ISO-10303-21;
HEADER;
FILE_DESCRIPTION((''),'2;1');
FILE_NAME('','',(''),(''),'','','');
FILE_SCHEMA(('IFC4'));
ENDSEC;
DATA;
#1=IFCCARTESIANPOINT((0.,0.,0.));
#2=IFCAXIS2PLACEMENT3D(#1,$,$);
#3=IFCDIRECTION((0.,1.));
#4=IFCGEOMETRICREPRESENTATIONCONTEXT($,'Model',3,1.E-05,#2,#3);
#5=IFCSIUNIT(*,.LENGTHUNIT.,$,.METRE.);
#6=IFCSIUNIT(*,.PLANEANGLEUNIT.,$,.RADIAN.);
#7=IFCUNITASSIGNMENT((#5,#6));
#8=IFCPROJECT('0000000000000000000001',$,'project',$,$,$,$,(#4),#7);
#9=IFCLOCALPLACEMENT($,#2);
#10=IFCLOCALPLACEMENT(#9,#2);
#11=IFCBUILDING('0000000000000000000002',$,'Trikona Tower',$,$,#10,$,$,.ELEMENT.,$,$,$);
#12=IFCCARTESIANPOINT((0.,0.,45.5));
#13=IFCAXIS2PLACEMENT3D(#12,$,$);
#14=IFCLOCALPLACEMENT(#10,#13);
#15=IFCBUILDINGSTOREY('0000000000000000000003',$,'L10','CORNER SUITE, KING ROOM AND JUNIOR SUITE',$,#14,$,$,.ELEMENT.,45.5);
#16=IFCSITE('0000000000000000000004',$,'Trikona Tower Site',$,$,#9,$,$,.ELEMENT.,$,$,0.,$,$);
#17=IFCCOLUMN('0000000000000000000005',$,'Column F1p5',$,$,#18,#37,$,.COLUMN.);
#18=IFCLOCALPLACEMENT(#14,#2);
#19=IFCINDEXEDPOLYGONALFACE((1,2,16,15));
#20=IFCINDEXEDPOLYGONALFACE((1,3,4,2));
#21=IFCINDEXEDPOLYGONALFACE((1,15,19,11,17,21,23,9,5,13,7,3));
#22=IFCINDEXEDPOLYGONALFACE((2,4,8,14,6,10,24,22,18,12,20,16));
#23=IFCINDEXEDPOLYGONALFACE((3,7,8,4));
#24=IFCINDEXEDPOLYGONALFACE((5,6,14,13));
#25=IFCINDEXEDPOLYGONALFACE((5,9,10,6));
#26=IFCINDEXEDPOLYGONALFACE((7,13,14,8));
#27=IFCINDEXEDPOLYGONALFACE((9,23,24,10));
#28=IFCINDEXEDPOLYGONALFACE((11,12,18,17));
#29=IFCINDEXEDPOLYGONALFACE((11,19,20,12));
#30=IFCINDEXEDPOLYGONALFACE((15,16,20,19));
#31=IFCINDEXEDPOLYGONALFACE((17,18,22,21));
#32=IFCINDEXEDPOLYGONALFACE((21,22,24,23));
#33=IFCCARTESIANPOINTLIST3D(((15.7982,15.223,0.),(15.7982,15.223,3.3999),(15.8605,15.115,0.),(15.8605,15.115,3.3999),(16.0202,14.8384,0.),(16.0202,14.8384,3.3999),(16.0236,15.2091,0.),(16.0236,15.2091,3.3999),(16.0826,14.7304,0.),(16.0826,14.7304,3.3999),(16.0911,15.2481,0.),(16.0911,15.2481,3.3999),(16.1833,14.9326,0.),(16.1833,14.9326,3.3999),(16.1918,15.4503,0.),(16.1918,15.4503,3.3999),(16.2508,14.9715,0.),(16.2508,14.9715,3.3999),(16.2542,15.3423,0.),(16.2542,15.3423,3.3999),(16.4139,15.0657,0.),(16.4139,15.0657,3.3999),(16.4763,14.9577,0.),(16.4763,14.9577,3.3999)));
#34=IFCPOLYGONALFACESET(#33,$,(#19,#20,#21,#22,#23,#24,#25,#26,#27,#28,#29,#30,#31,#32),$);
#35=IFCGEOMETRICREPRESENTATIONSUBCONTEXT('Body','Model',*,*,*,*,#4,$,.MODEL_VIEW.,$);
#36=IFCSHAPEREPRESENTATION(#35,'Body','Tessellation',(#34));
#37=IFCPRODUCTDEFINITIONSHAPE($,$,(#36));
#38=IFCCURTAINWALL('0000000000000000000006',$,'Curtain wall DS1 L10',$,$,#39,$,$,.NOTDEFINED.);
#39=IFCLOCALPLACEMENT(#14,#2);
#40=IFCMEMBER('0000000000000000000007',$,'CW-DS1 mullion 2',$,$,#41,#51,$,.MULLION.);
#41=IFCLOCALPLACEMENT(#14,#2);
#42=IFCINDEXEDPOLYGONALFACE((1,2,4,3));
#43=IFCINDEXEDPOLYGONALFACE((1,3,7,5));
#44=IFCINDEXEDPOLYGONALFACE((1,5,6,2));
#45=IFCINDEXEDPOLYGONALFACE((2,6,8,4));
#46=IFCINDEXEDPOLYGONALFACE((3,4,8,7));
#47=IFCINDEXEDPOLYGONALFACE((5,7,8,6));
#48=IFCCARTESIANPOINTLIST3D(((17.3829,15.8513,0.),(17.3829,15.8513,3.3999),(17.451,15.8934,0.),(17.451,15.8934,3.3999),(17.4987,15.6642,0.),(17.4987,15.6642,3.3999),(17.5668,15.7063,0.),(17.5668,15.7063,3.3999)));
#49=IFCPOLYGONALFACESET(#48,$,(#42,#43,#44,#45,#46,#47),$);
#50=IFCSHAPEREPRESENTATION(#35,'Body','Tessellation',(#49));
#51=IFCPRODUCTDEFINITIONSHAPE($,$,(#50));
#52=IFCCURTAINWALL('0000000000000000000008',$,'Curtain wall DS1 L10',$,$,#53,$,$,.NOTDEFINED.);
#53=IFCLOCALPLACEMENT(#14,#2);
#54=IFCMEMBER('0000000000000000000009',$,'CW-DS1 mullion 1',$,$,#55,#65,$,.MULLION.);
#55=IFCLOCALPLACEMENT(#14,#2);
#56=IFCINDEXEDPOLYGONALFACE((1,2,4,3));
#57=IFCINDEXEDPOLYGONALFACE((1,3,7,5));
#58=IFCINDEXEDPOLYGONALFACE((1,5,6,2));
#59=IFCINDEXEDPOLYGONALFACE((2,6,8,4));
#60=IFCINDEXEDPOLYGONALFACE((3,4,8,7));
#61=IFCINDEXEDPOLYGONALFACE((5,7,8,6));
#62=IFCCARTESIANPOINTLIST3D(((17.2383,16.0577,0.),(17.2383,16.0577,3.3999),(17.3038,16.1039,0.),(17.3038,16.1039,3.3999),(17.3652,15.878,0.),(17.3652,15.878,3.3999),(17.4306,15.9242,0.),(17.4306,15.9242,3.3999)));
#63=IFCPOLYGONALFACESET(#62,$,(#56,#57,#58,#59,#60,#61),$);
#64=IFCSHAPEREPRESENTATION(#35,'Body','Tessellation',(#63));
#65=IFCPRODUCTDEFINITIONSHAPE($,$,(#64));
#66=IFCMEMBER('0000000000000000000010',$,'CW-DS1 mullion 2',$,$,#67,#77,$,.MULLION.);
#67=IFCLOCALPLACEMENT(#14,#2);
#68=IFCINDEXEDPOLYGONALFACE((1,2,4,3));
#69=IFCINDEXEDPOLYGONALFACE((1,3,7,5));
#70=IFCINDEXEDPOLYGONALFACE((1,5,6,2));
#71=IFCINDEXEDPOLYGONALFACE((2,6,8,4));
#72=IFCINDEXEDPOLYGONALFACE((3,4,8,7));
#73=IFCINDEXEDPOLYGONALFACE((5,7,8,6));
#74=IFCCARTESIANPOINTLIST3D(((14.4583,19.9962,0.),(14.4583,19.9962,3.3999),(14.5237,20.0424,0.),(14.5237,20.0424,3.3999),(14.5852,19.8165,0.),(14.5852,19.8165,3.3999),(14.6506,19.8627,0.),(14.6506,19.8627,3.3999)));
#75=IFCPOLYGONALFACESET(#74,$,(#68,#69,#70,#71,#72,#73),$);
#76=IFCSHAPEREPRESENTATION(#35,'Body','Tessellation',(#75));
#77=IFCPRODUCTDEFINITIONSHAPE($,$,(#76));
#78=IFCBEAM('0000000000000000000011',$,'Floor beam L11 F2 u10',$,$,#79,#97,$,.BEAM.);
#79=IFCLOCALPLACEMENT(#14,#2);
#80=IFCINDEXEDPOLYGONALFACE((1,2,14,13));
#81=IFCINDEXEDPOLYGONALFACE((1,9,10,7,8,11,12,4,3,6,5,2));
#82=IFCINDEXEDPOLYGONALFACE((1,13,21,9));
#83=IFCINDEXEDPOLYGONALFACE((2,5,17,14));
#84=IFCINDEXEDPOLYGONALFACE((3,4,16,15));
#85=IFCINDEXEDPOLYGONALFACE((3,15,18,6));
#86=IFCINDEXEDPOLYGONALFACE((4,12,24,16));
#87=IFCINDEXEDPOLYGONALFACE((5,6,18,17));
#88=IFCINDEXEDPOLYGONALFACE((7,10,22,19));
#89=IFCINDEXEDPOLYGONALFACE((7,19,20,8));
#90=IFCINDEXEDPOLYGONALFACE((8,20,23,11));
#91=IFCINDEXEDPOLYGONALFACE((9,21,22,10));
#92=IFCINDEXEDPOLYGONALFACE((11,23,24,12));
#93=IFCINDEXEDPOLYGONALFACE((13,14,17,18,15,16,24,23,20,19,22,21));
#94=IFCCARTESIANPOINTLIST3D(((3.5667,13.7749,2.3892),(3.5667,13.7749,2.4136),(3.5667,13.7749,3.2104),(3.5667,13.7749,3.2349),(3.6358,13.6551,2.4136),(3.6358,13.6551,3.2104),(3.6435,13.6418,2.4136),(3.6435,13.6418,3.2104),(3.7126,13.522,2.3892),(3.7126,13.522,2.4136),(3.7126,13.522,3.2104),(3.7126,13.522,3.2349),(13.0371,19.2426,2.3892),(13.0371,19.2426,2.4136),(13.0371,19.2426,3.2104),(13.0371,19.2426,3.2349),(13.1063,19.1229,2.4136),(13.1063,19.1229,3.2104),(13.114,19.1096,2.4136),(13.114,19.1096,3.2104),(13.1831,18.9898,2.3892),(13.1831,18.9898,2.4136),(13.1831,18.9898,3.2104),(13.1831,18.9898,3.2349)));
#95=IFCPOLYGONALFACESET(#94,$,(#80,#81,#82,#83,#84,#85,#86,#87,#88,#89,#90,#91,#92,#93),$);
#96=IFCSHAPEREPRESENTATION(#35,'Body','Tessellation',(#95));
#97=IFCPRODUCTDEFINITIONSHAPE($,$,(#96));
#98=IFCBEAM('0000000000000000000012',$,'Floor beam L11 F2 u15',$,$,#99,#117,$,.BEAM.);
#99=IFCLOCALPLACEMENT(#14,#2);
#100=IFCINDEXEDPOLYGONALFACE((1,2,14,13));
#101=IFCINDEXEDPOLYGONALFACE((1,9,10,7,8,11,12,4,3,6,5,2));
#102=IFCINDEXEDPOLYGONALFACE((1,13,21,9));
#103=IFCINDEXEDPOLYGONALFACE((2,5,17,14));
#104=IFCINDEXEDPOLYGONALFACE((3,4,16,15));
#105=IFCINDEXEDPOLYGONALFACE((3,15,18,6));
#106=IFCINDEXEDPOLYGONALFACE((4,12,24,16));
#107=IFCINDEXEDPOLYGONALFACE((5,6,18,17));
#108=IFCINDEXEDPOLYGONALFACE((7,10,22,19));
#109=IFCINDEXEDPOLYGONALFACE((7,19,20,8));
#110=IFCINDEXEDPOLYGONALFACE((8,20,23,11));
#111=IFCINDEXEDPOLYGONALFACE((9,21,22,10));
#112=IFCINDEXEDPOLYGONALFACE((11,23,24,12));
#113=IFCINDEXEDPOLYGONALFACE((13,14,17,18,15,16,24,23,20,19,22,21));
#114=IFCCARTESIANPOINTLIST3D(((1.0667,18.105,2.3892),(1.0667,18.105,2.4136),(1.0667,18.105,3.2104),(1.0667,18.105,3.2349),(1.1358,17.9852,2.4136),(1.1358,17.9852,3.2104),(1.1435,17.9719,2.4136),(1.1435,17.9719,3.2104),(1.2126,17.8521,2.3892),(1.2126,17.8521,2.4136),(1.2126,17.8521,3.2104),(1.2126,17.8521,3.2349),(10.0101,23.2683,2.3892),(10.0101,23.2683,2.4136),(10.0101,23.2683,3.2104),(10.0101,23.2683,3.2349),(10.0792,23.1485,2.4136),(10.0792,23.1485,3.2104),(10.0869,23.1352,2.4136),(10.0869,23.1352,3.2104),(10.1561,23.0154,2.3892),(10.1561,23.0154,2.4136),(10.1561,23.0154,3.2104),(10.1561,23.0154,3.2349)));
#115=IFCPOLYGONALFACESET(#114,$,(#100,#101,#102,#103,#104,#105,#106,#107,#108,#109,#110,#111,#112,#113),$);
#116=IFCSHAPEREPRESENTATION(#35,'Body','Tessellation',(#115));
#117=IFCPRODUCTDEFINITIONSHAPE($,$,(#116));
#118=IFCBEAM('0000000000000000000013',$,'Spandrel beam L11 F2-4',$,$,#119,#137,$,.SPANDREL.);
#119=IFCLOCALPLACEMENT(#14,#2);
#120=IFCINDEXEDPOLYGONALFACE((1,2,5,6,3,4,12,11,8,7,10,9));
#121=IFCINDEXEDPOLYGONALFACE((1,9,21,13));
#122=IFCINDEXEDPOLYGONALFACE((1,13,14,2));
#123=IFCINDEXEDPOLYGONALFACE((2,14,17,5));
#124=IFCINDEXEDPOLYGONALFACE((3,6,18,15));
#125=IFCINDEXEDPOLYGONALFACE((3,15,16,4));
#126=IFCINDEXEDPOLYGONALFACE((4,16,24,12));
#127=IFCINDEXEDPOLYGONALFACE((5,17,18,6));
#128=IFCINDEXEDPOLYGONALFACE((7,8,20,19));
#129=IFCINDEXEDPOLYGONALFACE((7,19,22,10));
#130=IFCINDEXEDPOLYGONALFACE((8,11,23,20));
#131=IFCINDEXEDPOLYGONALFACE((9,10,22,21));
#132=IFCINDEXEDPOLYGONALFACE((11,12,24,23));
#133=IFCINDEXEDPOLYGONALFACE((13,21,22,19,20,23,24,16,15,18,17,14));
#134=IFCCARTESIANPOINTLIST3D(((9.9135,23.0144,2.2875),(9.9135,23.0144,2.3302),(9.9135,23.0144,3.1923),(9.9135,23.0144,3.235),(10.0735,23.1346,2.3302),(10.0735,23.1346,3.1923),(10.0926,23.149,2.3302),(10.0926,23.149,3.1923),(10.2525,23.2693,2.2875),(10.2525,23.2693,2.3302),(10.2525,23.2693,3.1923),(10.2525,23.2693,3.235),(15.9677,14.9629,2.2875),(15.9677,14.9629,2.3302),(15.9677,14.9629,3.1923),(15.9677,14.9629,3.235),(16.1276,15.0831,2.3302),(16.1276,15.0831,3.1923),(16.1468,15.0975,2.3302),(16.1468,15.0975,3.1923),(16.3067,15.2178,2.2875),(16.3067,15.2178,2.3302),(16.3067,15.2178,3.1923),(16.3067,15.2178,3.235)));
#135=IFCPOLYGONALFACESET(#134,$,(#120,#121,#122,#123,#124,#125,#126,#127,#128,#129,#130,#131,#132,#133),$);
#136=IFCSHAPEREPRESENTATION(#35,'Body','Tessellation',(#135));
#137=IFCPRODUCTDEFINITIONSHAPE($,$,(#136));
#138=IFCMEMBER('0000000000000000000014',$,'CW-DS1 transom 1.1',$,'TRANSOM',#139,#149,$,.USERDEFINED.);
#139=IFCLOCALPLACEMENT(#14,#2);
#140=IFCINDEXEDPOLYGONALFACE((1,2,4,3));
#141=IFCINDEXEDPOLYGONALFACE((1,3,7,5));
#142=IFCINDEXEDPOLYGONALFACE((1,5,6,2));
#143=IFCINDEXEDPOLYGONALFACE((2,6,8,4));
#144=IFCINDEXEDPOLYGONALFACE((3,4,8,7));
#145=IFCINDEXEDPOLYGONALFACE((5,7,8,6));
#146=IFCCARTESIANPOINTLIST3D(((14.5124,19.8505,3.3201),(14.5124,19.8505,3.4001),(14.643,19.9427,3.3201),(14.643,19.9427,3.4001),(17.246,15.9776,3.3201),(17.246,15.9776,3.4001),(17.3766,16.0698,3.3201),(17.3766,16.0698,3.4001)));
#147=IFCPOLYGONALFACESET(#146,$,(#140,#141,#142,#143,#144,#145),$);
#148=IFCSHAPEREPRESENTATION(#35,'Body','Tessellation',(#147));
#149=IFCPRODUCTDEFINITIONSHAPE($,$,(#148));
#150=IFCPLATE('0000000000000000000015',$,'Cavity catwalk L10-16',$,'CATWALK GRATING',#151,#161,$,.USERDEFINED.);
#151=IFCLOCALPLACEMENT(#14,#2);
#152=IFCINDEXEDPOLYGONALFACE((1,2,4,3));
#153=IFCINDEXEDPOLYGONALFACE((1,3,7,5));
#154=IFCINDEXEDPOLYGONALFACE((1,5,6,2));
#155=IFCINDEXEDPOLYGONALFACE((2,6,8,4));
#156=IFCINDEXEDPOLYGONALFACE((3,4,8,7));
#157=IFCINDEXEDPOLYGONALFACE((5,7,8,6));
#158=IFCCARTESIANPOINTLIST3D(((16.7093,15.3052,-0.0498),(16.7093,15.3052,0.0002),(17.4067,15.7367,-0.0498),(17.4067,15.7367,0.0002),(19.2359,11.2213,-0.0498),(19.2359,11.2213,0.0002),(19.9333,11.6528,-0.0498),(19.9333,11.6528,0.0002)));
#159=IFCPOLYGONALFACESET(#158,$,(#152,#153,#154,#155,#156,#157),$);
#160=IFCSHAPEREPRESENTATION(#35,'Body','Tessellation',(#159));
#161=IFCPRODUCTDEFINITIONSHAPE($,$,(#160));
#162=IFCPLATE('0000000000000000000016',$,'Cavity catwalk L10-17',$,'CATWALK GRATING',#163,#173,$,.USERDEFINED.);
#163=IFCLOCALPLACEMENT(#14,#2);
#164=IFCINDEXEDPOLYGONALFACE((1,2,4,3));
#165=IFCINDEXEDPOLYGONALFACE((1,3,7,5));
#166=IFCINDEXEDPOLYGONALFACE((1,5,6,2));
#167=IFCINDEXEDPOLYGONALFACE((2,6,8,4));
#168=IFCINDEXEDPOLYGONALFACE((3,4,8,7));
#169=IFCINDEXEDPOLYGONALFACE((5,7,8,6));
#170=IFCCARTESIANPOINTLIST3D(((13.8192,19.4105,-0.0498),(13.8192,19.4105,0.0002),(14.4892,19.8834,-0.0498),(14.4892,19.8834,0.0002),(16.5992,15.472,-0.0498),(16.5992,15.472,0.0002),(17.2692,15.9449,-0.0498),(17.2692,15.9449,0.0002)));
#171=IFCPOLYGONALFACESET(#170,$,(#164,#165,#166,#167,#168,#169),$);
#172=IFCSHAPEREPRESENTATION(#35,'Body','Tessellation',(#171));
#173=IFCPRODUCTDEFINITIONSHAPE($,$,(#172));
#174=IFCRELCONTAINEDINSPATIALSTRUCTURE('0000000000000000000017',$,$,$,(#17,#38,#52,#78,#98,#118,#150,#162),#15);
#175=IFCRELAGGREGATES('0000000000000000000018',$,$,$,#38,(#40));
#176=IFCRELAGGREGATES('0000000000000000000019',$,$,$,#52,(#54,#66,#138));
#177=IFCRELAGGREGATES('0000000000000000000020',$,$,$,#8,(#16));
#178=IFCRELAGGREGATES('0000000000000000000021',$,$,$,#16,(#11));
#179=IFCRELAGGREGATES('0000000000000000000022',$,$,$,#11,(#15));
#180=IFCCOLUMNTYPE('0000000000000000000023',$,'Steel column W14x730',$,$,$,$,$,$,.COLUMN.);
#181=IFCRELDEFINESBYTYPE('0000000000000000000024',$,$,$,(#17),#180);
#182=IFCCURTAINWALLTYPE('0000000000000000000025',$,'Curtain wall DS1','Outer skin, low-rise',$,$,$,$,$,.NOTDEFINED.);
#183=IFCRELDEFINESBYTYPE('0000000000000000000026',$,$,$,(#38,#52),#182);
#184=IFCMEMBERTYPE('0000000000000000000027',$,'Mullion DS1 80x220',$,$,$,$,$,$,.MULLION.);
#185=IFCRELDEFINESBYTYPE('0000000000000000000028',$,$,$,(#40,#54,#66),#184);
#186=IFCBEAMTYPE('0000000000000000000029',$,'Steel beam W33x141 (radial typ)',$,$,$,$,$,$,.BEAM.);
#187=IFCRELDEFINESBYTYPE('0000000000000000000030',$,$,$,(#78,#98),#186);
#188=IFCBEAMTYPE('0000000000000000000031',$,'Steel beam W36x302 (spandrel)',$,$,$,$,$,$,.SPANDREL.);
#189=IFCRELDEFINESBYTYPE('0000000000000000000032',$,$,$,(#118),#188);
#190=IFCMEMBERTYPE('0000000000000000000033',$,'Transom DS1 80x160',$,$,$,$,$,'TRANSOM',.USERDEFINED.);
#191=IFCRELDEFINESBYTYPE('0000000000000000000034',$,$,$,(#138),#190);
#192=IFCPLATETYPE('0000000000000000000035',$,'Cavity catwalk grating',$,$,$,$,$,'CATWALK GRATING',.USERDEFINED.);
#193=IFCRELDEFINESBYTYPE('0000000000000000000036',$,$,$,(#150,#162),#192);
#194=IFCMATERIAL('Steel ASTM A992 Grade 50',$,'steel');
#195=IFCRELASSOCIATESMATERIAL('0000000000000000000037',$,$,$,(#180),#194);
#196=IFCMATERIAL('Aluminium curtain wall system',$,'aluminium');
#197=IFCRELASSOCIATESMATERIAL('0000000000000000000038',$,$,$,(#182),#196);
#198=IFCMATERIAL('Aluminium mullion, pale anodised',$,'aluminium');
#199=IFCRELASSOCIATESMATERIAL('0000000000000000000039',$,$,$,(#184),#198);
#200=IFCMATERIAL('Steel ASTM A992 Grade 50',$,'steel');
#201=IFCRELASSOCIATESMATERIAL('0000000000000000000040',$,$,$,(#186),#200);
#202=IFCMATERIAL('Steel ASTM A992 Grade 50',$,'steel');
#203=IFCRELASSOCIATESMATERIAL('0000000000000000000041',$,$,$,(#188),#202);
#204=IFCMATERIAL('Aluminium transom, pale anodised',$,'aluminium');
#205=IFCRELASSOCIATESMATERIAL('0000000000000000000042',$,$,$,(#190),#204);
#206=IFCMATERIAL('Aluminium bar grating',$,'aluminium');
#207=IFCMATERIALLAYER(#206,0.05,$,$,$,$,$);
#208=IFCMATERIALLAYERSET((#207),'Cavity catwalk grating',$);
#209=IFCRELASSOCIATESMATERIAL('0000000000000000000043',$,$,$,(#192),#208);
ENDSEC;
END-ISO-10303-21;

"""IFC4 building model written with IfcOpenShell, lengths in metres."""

from ifc_helpers import new_model, si_unit, direction, frame, origin, origin_2d, place, context, subcontext, project, spatial, rectangle, i_section, extrude, material, layer, layer_set, material_profile, profile_set, type_object, element, aggregate, save


model = new_model("IFC4")

# Units and contexts
model_context = context("Model", 3, precision=1e-05, world=origin(), true_north=direction((0.0, 1.0)))
body_context = subcontext(model_context, "Body", "Model", "MODEL_VIEW")
ifc_project = project(units=[si_unit("LENGTHUNIT", "METRE"), si_unit("PLANEANGLEUNIT", "RADIAN")], contexts=[model_context])

# Site, building, storey
site_placement = place(None, origin())
site = spatial("IfcSite", under=ifc_project, at=site_placement, Name="Trikona Tower Site", CompositionType="ELEMENT", RefElevation=0.0)
building_placement = place(site_placement, origin())
building = spatial("IfcBuilding", under=site, at=building_placement, Name="Trikona Tower", CompositionType="ELEMENT")
storey_placement = place(building_placement, frame((0.0, 0.0, 45.5)))
storey = spatial("IfcBuildingStorey", under=building, at=storey_placement, Name="L10", Description="CORNER SUITE, KING ROOM AND JUNIOR SUITE", CompositionType="ELEMENT", Elevation=45.5)

# Column
ifc_material_1 = material(Name="Steel ASTM A992 Grade 50", Category="steel")
ifc_material_profile_1 = material_profile(ifc_material_1, i_section(OverallWidth=0.4546, OverallDepth=0.5688, WebThickness=0.0779, FlangeThickness=0.1248, at=origin_2d()), Name="W14X730")
ifc_profile_set_1 = profile_set([ifc_material_profile_1], Name="Steel ASTM A992 Grade 50")
column_type = type_object("IfcColumnType", Name="Steel column W14x730", PredefinedType="COLUMN", material=ifc_profile_set_1)
column_placement = place(storey_placement, frame((16.1372, 15.0903, 0.0), z_axis=(0.0, 0.0, 1.0), x_axis=(0.866025, 0.5, 0.0)))
element("IfcColumn", 1, at=column_placement, inside=storey, type_object=column_type, Name="Column F1p5", PredefinedType="COLUMN", context=body_context, shape_type="SweptSolid", body=[
    extrude(i_section(OverallWidth=0.4546, OverallDepth=0.5688, WebThickness=0.0779, FlangeThickness=0.1248, at=origin_2d()), origin(), (0.0, 0.0, 1.0), 3.3999),
])

# Curtain wall, member
ifc_material_2 = material(Name="Aluminium curtain wall system", Category="aluminium")
curtain_wall_type = type_object("IfcCurtainWallType", Name="Curtain wall DS1", Description="Outer skin, low-rise", PredefinedType="NOTDEFINED", material=ifc_material_2)
curtain_wall_1_placement = place(storey_placement, origin())
curtain_wall_1 = element("IfcCurtainWall", 2, at=curtain_wall_1_placement, inside=storey, type_object=curtain_wall_type, Name="Curtain wall DS1 L10", PredefinedType="NOTDEFINED")
ifc_material_3 = material(Name="Aluminium mullion, pale anodised", Category="aluminium")
ifc_material_profile_2 = material_profile(ifc_material_3, rectangle(XDim=0.0801, YDim=0.22, at=origin_2d()), Name="MUL-DS1")
ifc_profile_set_2 = profile_set([ifc_material_profile_2], Name="Aluminium mullion, pale anodised")
member_type_1 = type_object("IfcMemberType", Name="Mullion DS1 80x220", PredefinedType="MULLION", material=ifc_profile_set_2)
member_1_placement = place(storey_placement, frame((17.4749, 15.7788, 0.0), z_axis=(0.0, 0.0, 1.0), x_axis=(-0.85041, -0.52612, 0.0)))
member_1 = element("IfcMember", 3, at=member_1_placement, type_object=member_type_1, Name="CW-DS1 mullion 2", PredefinedType="MULLION", context=body_context, shape_type="SweptSolid", body=[
    extrude(rectangle(XDim=0.0801, YDim=0.22, at=origin_2d()), origin(), (0.0, 0.0, 1.0), 3.3999),
])

# Curtain wall, members
curtain_wall_2_placement = place(storey_placement, origin())
curtain_wall_2 = element("IfcCurtainWall", 4, at=curtain_wall_2_placement, inside=storey, type_object=curtain_wall_type, Name="Curtain wall DS1 L10", PredefinedType="NOTDEFINED")
member_2_placement = place(storey_placement, frame((17.3345, 15.991, 0.0), z_axis=(0.0, 0.0, 1.0), x_axis=(-0.816985, -0.576658, 0.0)))
member_2 = element("IfcMember", 5, at=member_2_placement, type_object=member_type_1, Name="CW-DS1 mullion 1", PredefinedType="MULLION", context=body_context, shape_type="SweptSolid", body=[
    extrude(rectangle(XDim=0.0801, YDim=0.22, at=origin_2d()), origin(), (0.0, 0.0, 1.0), 3.3999),
])
member_3_placement = place(storey_placement, frame((14.5544, 19.9294, 0.0), z_axis=(0.0, 0.0, 1.0), x_axis=(-0.816985, -0.576658, 0.0)))
member_3 = element("IfcMember", 6, at=member_3_placement, type_object=member_type_1, Name="CW-DS1 mullion 2", PredefinedType="MULLION", context=body_context, shape_type="SweptSolid", body=[
    extrude(rectangle(XDim=0.0801, YDim=0.22, at=origin_2d()), origin(), (0.0, 0.0, 1.0), 3.3999),
])

# Beams
ifc_material_4 = material(Name="Steel ASTM A992 Grade 50", Category="steel")
ifc_material_profile_3 = material_profile(ifc_material_4, i_section(OverallWidth=0.292, OverallDepth=0.8457, WebThickness=0.0154, FlangeThickness=0.0244, at=origin_2d()), Name="W33X141")
ifc_profile_set_3 = profile_set([ifc_material_profile_3], Name="Steel ASTM A992 Grade 50")
beam_type_1 = type_object("IfcBeamType", Name="Steel beam W33x141 (radial typ)", PredefinedType="BEAM", material=ifc_profile_set_3)
beam_1_placement = place(storey_placement, frame((3.6396, 13.6484, 2.812), z_axis=(0.866025, 0.5, 0.0), x_axis=(-0.5, 0.866025, 0.0)))
element("IfcBeam", 7, at=beam_1_placement, inside=storey, type_object=beam_type_1, Name="Floor beam L11 F2 u10", PredefinedType="BEAM", context=body_context, shape_type="SweptSolid", body=[
    extrude(i_section(OverallWidth=0.292, OverallDepth=0.8457, WebThickness=0.0154, FlangeThickness=0.0244, at=origin_2d()), origin(), (0.0, 0.0, 1.0), 10.9355),
])
beam_2_placement = place(storey_placement, frame((1.1396, 17.9785, 2.812), z_axis=(0.86603, 0.499991, 0.0), x_axis=(-0.499991, 0.86603, 0.0)))
element("IfcBeam", 8, at=beam_2_placement, inside=storey, type_object=beam_type_1, Name="Floor beam L11 F2 u15", PredefinedType="BEAM", context=body_context, shape_type="SweptSolid", body=[
    extrude(i_section(OverallWidth=0.292, OverallDepth=0.8457, WebThickness=0.0154, FlangeThickness=0.0244, at=origin_2d()), origin(), (0.0, 0.0, 1.0), 10.3269),
])
ifc_material_5 = material(Name="Steel ASTM A992 Grade 50", Category="steel")
ifc_material_profile_4 = material_profile(ifc_material_5, i_section(OverallWidth=0.4241, OverallDepth=0.9475, WebThickness=0.0239, FlangeThickness=0.0427, at=origin_2d()), Name="W36X302")
ifc_profile_set_4 = profile_set([ifc_material_profile_4], Name="Steel ASTM A992 Grade 50")
beam_type_2 = type_object("IfcBeamType", Name="Steel beam W36x302 (spandrel)", PredefinedType="SPANDREL", material=ifc_profile_set_4)
beam_3_placement = place(storey_placement, frame((16.1372, 15.0903, 2.7612), z_axis=(-0.600988, 0.799258, 0.0), x_axis=(-0.799258, -0.600988, 0.0)))
element("IfcBeam", 9, at=beam_3_placement, inside=storey, type_object=beam_type_2, Name="Spandrel beam L11 F2-4", PredefinedType="SPANDREL", context=body_context, shape_type="SweptSolid", body=[
    extrude(i_section(OverallWidth=0.4241, OverallDepth=0.9475, WebThickness=0.0239, FlangeThickness=0.0427, at=origin_2d()), origin(), (0.0, 0.0, 1.0), 10.0737),
])

# Member
ifc_material_6 = material(Name="Aluminium transom, pale anodised", Category="aluminium")
ifc_material_profile_5 = material_profile(ifc_material_6, rectangle(XDim=0.1599, YDim=0.0801, at=origin_2d()), Name="TRN-DS1")
ifc_profile_set_5 = profile_set([ifc_material_profile_5], Name="Aluminium transom, pale anodised")
member_type_2 = type_object("IfcMemberType", Name="Transom DS1 80x160", ElementType="TRANSOM", PredefinedType="USERDEFINED", material=ifc_profile_set_5)
member_4_placement = place(storey_placement, frame((17.3113, 16.0237, 3.3601), z_axis=(-0.576645, 0.816995, 0.0), x_axis=(-0.816995, -0.576645, 0.0)))
member_4 = element("IfcMember", 10, at=member_4_placement, type_object=member_type_2, Name="CW-DS1 transom 1.1", ObjectType="TRANSOM", PredefinedType="USERDEFINED", context=body_context, shape_type="SweptSolid", body=[
    extrude(rectangle(XDim=0.1599, YDim=0.0801, at=origin_2d()), origin(), (0.0, 0.0, 1.0), 4.7405),
])

# Plates
ifc_material_7 = material(Name="Aluminium bar grating", Category="aluminium")
ifc_layer_1 = layer(ifc_material_7, 0.05)
ifc_layer_set_1 = layer_set([ifc_layer_1], Name="Cavity catwalk grating")
plate_type_1 = type_object("IfcPlateType", Name="Cavity catwalk grating", ElementType="CATWALK GRATING", PredefinedType="USERDEFINED", material=ifc_layer_set_1)
plate_1_placement = place(storey_placement, frame((18.3213, 13.479, -0.0498), z_axis=(0.0, 0.0, 1.0), x_axis=(-0.526119, 0.850411, 0.0)))
element("IfcPlate", 11, at=plate_1_placement, inside=storey, type_object=plate_type_1, Name="Cavity catwalk L10-16", ObjectType="CATWALK GRATING", PredefinedType="USERDEFINED", context=body_context, shape_type="SweptSolid", body=[
    extrude(rectangle(XDim=4.8022, YDim=0.8201, at=origin_2d()), origin(), (0.0, 0.0, 1.0), 0.05),
])
plate_2_placement = place(storey_placement, frame((15.5442, 17.6777, -0.0498), z_axis=(0.0, 0.0, 1.0), x_axis=(-0.576662, 0.816983, 0.0)))
element("IfcPlate", 12, at=plate_2_placement, inside=storey, type_object=plate_type_1, Name="Cavity catwalk L10-17", ObjectType="CATWALK GRATING", PredefinedType="USERDEFINED", context=body_context, shape_type="SweptSolid", body=[
    extrude(rectangle(XDim=4.8208, YDim=0.8201, at=origin_2d()), origin(), (0.0, 0.0, 1.0), 0.05),
])

aggregate(curtain_wall_1, [member_1])
aggregate(curtain_wall_2, [member_2, member_3, member_4])

save(model, "model.ifc")
